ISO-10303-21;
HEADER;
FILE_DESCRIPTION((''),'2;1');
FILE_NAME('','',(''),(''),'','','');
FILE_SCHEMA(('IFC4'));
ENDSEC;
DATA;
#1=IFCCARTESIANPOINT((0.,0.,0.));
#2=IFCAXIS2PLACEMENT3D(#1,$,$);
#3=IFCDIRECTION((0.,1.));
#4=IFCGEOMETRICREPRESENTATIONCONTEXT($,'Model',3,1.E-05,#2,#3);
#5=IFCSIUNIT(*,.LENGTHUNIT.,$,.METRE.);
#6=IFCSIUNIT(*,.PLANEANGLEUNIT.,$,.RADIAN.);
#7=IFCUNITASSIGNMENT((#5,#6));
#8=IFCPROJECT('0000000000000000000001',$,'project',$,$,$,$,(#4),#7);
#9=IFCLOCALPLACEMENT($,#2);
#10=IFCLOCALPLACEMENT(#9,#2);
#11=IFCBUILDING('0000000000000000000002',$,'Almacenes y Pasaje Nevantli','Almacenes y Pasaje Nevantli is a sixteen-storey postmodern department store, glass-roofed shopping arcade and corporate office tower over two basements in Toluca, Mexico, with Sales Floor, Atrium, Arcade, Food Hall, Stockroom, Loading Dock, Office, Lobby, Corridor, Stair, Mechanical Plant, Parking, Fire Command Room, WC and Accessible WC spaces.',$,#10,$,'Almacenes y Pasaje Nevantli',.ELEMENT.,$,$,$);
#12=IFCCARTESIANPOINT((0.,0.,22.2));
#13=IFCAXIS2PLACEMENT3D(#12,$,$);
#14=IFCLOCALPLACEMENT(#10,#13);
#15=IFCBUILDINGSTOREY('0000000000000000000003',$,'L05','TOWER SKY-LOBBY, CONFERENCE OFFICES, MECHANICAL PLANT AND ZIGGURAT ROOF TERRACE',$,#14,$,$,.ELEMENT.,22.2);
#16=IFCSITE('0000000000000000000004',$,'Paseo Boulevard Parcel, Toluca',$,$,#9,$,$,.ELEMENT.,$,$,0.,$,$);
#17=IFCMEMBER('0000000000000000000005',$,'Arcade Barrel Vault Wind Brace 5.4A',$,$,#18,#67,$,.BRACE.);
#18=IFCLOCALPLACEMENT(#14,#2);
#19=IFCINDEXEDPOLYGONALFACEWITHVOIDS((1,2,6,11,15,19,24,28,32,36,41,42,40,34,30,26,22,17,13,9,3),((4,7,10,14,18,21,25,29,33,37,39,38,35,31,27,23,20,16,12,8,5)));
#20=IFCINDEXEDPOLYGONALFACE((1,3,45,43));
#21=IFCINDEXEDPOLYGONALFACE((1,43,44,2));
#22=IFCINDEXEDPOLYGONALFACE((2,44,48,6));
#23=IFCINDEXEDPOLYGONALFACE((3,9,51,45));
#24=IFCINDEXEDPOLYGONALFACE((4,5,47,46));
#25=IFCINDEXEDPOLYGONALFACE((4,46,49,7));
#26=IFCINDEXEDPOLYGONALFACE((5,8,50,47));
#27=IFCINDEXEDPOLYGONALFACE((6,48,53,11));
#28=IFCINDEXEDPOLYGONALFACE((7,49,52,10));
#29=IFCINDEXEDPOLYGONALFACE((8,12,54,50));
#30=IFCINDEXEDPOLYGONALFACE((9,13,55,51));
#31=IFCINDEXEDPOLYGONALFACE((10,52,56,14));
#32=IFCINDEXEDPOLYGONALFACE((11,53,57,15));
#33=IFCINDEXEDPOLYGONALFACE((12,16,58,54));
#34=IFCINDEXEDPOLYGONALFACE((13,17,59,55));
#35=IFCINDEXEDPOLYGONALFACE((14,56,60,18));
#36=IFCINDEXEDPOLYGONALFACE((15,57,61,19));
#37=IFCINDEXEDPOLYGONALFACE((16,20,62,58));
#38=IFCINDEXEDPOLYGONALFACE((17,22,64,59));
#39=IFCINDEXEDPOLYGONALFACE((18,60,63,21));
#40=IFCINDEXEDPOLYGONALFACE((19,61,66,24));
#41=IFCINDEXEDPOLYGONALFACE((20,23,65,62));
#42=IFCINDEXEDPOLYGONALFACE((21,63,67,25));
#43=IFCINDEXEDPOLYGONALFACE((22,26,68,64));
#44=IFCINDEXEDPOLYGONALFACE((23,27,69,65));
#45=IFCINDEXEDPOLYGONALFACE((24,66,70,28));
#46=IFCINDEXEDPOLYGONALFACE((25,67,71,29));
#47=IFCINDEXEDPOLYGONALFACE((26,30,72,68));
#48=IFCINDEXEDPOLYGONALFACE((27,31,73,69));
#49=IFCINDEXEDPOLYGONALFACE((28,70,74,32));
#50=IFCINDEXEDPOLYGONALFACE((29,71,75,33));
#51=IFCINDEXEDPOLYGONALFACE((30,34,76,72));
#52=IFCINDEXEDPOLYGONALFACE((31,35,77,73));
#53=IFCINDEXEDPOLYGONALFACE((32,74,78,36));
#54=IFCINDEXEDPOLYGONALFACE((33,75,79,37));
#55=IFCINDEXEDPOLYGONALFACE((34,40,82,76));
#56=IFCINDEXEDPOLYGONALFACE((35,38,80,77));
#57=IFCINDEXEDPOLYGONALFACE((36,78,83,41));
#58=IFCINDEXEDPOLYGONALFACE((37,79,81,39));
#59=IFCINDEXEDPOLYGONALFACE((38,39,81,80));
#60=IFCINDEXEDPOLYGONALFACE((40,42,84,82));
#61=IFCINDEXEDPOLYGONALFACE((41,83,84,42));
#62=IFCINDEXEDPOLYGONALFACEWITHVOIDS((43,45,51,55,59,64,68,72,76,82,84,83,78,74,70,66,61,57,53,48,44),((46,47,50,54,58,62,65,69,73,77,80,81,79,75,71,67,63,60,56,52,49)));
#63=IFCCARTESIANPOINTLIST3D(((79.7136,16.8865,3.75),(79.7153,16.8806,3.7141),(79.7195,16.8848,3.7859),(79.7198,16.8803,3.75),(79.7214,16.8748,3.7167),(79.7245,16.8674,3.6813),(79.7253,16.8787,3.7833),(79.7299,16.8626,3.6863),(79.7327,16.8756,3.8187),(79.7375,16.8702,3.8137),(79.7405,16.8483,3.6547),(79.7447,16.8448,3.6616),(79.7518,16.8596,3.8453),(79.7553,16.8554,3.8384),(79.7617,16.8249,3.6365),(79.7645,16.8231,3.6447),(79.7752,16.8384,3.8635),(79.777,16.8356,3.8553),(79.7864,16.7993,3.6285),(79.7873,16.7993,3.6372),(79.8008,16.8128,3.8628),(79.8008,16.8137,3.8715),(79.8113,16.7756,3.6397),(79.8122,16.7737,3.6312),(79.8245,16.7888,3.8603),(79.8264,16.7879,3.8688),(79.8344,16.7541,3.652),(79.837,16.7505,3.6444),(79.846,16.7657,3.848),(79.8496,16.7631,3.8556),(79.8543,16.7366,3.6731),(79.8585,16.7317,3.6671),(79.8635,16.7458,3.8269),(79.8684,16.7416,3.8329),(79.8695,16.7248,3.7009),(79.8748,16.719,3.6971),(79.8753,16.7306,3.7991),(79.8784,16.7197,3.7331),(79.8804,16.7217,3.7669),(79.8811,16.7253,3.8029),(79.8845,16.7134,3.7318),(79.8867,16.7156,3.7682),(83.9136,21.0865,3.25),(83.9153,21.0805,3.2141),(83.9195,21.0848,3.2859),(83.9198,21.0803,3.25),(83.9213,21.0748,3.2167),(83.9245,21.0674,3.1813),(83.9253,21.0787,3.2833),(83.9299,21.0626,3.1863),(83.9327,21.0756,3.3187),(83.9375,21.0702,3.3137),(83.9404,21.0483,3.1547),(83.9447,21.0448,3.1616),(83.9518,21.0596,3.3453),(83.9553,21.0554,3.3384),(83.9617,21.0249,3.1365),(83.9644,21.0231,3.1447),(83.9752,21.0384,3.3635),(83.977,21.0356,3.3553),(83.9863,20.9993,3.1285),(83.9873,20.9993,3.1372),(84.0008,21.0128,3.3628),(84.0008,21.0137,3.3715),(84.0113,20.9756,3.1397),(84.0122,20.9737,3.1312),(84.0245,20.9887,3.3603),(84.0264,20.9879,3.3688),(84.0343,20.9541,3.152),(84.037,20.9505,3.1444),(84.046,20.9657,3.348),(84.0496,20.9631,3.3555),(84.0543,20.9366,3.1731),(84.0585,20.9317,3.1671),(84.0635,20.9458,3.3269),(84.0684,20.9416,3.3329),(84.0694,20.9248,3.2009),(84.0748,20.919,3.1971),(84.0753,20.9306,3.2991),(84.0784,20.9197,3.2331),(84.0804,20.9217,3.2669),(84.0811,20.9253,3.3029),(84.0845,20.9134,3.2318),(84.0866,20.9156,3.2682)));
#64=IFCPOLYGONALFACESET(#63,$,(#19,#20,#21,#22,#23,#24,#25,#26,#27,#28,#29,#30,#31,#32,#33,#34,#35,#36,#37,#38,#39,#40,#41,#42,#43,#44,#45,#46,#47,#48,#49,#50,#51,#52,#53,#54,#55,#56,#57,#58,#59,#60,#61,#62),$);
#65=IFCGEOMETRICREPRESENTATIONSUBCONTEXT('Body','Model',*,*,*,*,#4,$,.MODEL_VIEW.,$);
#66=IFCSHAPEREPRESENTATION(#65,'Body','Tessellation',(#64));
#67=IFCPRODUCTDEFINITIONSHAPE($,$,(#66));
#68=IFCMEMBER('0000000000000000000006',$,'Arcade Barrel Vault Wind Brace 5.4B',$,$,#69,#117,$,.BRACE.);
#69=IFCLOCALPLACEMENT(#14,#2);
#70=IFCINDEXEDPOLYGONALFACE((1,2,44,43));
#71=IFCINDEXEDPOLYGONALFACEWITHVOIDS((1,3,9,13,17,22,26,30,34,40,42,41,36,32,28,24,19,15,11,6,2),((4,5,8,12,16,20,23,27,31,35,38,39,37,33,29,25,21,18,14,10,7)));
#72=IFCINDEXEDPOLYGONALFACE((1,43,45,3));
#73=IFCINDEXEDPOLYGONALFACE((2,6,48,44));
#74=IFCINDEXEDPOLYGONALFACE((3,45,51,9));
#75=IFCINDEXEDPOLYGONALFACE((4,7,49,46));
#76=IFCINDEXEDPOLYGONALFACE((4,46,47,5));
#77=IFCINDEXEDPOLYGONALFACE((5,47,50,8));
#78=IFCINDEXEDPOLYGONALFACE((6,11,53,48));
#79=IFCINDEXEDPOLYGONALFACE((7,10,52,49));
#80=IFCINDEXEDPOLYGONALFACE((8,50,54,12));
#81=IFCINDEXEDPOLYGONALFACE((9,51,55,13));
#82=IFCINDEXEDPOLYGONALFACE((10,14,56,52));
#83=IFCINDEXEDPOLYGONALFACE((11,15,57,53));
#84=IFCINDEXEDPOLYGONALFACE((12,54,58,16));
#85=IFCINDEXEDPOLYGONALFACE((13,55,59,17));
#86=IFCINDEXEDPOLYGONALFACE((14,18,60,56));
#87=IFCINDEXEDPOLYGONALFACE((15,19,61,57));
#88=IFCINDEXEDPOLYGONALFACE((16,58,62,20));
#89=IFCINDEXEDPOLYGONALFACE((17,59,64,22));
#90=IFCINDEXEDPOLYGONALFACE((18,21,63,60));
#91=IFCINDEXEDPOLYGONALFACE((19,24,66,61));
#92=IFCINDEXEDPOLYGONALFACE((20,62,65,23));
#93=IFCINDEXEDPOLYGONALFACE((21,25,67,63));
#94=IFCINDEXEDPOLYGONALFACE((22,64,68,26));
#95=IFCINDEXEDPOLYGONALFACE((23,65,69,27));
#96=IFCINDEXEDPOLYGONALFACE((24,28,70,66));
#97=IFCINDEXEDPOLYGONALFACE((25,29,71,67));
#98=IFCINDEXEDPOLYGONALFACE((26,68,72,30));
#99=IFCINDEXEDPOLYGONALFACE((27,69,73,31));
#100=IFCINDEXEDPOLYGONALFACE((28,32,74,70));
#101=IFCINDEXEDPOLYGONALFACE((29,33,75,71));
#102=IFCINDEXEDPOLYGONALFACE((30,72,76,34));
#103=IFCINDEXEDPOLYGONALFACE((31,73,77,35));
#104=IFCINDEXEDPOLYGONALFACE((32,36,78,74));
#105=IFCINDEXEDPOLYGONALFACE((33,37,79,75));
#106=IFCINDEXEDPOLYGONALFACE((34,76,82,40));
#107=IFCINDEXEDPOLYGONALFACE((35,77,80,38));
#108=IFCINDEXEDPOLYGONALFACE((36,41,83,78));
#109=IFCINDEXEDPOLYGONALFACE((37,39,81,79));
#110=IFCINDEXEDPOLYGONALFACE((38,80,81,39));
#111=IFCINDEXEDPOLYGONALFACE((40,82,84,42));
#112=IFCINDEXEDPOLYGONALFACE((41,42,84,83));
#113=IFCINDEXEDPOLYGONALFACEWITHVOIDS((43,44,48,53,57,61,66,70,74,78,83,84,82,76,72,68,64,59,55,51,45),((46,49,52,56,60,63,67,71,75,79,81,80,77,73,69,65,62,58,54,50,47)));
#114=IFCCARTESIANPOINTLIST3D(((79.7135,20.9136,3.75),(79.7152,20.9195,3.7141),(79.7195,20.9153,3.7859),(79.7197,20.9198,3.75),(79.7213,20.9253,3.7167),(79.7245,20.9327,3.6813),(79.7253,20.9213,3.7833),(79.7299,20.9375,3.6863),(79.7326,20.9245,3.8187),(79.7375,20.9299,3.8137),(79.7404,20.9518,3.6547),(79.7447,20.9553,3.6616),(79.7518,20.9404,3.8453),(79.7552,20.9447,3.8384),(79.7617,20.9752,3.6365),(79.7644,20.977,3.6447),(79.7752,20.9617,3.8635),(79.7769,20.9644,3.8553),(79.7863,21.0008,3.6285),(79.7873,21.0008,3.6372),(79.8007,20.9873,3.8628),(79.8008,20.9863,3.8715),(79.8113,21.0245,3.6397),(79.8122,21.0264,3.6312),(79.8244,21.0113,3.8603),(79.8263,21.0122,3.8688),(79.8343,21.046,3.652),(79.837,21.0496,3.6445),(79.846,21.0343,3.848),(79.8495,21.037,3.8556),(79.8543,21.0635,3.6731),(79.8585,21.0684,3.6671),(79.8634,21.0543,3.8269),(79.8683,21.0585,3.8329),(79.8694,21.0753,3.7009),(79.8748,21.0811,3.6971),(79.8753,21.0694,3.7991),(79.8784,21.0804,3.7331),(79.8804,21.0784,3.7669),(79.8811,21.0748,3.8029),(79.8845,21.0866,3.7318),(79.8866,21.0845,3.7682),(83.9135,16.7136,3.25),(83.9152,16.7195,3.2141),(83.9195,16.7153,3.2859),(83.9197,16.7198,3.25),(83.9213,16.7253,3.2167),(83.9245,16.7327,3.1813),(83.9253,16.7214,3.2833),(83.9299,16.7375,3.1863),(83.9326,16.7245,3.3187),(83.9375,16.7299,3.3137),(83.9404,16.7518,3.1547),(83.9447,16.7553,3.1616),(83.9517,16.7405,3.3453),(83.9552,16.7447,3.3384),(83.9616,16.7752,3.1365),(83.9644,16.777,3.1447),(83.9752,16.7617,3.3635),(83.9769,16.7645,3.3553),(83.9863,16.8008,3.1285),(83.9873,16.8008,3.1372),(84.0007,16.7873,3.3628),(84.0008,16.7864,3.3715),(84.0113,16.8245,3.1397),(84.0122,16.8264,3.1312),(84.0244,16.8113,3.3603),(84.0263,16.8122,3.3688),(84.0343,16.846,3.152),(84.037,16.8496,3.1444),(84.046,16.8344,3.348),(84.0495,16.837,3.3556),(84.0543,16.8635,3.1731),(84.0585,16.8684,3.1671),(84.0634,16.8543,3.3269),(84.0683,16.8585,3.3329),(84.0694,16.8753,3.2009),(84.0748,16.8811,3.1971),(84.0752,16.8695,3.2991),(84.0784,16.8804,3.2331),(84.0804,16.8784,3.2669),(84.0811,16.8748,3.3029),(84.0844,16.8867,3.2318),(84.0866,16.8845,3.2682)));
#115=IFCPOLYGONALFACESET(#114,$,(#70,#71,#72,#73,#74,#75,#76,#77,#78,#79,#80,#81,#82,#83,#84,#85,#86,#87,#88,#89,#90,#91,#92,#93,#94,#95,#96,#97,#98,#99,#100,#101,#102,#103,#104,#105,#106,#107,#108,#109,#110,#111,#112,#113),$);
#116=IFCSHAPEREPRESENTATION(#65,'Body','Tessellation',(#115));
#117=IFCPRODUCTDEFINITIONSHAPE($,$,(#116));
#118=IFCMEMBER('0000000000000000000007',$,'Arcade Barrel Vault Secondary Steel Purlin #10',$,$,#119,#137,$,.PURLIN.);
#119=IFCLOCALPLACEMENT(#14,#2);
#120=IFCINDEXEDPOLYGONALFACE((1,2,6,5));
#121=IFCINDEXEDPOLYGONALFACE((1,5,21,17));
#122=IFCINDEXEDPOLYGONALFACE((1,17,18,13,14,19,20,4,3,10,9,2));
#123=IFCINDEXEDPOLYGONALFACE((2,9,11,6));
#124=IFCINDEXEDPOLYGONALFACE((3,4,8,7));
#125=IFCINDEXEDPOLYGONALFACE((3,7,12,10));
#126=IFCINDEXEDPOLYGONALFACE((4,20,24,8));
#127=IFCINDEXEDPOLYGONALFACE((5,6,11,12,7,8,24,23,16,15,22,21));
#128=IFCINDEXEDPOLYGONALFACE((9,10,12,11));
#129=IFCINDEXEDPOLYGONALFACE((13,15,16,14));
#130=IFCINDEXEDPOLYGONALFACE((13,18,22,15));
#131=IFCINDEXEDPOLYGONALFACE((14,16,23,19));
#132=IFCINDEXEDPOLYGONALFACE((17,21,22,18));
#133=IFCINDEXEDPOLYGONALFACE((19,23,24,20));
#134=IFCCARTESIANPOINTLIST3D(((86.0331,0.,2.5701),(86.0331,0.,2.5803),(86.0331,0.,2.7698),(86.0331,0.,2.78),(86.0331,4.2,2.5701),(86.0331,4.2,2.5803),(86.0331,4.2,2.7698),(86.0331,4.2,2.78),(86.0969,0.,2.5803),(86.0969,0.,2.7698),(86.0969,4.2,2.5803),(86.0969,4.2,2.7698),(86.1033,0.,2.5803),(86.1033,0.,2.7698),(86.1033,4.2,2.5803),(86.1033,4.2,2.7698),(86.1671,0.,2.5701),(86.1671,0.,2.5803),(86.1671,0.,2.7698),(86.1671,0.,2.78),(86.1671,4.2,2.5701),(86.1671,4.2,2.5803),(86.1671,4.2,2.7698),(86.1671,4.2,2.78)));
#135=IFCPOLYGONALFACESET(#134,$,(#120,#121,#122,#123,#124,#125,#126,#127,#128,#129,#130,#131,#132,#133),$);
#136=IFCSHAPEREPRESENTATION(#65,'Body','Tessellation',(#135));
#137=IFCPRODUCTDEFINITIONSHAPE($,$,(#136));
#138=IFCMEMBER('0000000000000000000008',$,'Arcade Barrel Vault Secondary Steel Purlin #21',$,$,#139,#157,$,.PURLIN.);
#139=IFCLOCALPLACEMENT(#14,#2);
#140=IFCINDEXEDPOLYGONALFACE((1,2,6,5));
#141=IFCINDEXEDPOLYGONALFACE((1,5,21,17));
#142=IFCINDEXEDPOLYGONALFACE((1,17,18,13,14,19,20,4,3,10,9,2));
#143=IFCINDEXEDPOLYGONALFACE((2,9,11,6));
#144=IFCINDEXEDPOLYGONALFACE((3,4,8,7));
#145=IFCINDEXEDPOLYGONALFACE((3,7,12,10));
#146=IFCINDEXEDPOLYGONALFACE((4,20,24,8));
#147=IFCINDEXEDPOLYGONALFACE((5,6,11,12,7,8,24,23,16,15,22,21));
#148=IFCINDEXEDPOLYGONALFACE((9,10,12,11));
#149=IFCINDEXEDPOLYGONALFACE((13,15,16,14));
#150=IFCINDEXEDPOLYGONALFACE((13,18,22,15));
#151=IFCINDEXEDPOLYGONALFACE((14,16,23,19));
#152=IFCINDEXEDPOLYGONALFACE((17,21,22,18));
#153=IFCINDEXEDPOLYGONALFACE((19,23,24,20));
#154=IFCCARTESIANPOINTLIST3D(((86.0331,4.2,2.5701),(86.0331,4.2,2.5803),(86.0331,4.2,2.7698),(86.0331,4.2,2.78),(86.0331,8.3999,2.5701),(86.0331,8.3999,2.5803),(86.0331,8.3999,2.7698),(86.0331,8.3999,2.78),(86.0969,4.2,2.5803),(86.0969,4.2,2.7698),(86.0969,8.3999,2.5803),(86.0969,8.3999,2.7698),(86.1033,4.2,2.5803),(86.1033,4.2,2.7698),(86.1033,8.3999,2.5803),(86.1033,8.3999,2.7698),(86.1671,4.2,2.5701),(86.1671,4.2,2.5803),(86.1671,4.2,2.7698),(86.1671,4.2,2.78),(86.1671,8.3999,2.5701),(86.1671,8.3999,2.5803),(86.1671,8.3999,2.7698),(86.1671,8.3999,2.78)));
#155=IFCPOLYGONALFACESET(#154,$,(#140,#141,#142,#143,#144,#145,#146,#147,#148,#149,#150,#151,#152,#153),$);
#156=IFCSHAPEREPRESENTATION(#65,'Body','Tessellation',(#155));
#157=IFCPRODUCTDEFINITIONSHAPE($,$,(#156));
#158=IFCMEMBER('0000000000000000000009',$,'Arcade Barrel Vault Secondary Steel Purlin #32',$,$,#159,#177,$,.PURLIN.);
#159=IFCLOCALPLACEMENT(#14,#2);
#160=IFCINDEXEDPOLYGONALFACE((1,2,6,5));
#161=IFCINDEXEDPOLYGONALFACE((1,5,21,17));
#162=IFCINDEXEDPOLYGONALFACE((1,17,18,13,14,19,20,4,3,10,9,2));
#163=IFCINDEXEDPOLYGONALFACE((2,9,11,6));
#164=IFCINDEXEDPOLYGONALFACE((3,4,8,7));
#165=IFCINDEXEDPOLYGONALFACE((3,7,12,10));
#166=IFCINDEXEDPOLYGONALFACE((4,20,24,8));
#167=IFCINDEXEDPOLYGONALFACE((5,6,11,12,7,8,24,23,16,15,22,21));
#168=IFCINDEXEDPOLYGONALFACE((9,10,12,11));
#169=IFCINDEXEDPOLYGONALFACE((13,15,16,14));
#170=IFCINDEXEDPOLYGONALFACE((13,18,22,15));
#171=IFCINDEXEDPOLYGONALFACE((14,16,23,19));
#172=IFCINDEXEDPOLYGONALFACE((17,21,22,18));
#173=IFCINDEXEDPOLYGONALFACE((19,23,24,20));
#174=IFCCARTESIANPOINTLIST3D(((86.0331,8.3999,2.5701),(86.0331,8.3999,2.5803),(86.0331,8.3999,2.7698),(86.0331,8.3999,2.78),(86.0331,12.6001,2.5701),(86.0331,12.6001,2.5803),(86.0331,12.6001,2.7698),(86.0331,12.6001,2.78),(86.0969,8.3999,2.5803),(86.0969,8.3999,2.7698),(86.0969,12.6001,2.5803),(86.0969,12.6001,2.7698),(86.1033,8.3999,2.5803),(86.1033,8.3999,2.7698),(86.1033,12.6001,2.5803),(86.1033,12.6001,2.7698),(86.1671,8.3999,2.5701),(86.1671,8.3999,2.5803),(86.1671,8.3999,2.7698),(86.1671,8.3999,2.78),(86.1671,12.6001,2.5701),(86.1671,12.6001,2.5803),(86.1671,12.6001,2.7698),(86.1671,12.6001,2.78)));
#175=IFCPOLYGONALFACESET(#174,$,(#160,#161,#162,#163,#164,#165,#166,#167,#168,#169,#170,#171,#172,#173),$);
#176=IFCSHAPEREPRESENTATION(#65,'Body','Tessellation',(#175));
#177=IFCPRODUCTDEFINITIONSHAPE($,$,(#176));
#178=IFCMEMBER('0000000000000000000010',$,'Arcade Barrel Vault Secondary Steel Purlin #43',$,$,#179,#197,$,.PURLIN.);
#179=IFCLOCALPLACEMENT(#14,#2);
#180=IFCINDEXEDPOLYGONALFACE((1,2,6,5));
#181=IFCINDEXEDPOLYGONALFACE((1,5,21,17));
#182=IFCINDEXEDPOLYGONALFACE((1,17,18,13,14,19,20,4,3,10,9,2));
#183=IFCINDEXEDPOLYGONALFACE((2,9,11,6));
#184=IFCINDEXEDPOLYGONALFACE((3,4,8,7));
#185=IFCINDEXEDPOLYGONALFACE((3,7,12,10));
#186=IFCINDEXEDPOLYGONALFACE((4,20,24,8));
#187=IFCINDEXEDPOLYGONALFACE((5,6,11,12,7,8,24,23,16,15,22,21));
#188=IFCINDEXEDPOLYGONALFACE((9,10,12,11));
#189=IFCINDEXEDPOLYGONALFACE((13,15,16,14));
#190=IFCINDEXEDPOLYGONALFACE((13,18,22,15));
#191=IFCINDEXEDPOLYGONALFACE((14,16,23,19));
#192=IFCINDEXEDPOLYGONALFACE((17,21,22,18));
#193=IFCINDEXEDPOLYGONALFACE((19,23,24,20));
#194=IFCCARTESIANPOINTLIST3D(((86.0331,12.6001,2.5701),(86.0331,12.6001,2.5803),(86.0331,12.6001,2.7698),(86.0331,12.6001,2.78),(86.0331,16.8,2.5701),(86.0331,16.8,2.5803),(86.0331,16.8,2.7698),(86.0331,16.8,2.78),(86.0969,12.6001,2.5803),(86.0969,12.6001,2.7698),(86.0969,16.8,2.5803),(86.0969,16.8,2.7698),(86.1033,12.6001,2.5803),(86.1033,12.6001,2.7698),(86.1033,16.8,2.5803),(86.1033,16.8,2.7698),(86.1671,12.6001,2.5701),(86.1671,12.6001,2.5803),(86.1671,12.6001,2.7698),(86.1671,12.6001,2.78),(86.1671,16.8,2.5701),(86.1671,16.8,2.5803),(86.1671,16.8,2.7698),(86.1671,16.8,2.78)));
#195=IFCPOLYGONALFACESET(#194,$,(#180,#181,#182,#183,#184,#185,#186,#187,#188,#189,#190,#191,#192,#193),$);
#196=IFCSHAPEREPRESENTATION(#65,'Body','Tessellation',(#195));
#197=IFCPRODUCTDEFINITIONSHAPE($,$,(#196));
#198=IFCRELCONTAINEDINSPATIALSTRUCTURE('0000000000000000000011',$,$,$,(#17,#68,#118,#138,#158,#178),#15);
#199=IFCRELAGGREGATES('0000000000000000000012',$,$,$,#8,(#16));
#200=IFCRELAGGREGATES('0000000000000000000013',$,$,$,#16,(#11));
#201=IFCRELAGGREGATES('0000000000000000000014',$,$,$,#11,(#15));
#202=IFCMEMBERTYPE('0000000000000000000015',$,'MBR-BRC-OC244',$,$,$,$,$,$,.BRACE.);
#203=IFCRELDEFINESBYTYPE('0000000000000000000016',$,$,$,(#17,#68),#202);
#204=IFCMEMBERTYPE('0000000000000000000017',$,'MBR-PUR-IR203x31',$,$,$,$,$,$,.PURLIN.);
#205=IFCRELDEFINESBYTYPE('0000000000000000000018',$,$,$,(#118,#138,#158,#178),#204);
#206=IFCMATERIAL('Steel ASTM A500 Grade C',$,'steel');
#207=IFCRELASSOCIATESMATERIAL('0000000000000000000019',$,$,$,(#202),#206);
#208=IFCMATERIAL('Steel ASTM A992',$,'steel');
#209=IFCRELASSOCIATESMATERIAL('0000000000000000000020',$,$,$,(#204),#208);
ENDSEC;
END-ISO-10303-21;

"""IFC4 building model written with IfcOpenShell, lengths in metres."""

from ifc_helpers import new_model, si_unit, direction, frame, origin, origin_2d, place, context, subcontext, project, spatial, hollow_circle, i_section, extrude, material, material_profile, profile_set, type_object, element, save


model = new_model("IFC4")

# Units and contexts
model_context = context("Model", 3, precision=1e-05, world=origin(), true_north=direction((0.0, 1.0)))
body_context = subcontext(model_context, "Body", "Model", "MODEL_VIEW")
ifc_project = project(units=[si_unit("LENGTHUNIT", "METRE"), si_unit("PLANEANGLEUNIT", "RADIAN")], contexts=[model_context])

# Site, building, storey
site_placement = place(None, origin())
site = spatial("IfcSite", under=ifc_project, at=site_placement, Name="Paseo Boulevard Parcel, Toluca", CompositionType="ELEMENT", RefElevation=0.0)
building_placement = place(site_placement, origin())
building = spatial("IfcBuilding", under=site, at=building_placement, Name="Almacenes y Pasaje Nevantli", Description="Almacenes y Pasaje Nevantli is a sixteen-storey postmodern department store, glass-roofed shopping arcade and corporate office tower over two basements in Toluca, Mexico, with Sales Floor, Atrium, Arcade, Food Hall, Stockroom, Loading Dock, Office, Lobby, Corridor, Stair, Mechanical Plant, Parking, Fire Command Room, WC and Accessible WC spaces.", LongName="Almacenes y Pasaje Nevantli", CompositionType="ELEMENT")
storey_placement = place(building_placement, frame((0.0, 0.0, 22.2)))
storey = spatial("IfcBuildingStorey", under=building, at=storey_placement, Name="L05", Description="TOWER SKY-LOBBY, CONFERENCE OFFICES, MECHANICAL PLANT AND ZIGGURAT ROOF TERRACE", CompositionType="ELEMENT", Elevation=22.2)

# Members
ifc_material_1 = material(Name="Steel ASTM A500 Grade C", Category="steel")
ifc_material_profile_1 = material_profile(ifc_material_1, hollow_circle(Radius=0.1223, WallThickness=0.0088, at=origin_2d()), Name="OC 244x8.9")
ifc_profile_set_1 = profile_set([ifc_material_profile_1], Name="Steel ASTM A500 Grade C")
member_type_1 = type_object("IfcMemberType", Name="MBR-BRC-OC244", PredefinedType="BRACE", material=ifc_profile_set_1)
for number, where, z_axis, x_axis, name in (
    (1, (79.8, 16.8, 3.75), (0.704615, 0.704615, -0.083884), (-0.707107, 0.707107, 0.0), "Arcade Barrel Vault Wind Brace 5.4A"),
    (2, (84.0, 16.8, 3.25), (-0.704615, 0.704615, 0.083884), (-0.707107, -0.707107, 0.0), "Arcade Barrel Vault Wind Brace 5.4B"),
):
    element("IfcMember", number, at=place(storey_placement, frame(where, z_axis=z_axis, x_axis=x_axis)), inside=storey, type_object=member_type_1, Name=name, PredefinedType="BRACE", context=body_context, shape_type="SweptSolid", body=[
        extrude(hollow_circle(Radius=0.1223, WallThickness=0.0088, at=origin_2d()), origin(), (0.0, 0.0, 1.0), 5.9607),
    ])
ifc_material_2 = material(Name="Steel ASTM A992", Category="steel")
ifc_material_profile_2 = material_profile(ifc_material_2, i_section(OverallWidth=0.134, OverallDepth=0.21, WebThickness=0.0063, FlangeThickness=0.0103, at=origin_2d()), Name="IR 203x31.3")
ifc_profile_set_2 = profile_set([ifc_material_profile_2], Name="Steel ASTM A992")
member_type_2 = type_object("IfcMemberType", Name="MBR-PUR-IR203x31", PredefinedType="PURLIN", material=ifc_profile_set_2)
for number, where, z_axis, x_axis, name in (
    (3, (86.1001, 0.0, 2.675), (0.0, 1.0, 0.0), (-1.0, 0.0, 0.0), "Arcade Barrel Vault Secondary Steel Purlin #10"),
    (4, (86.1001, 4.2, 2.675), (0.0, 1.0, 0.0), (-1.0, 0.0, 0.0), "Arcade Barrel Vault Secondary Steel Purlin #21"),
):
    element("IfcMember", number, at=place(storey_placement, frame(where, z_axis=z_axis, x_axis=x_axis)), inside=storey, type_object=member_type_2, Name=name, PredefinedType="PURLIN", context=body_context, shape_type="SweptSolid", body=[
        extrude(i_section(OverallWidth=0.134, OverallDepth=0.21, WebThickness=0.0063, FlangeThickness=0.0103, at=origin_2d()), origin(), (0.0, 0.0, 1.0), 4.2),
    ])
member_1_placement = place(storey_placement, frame((86.1001, 8.3999, 2.675), z_axis=(0.0, 1.0, 0.0), x_axis=(-1.0, 0.0, 0.0)))
element("IfcMember", 5, at=member_1_placement, inside=storey, type_object=member_type_2, Name="Arcade Barrel Vault Secondary Steel Purlin #32", PredefinedType="PURLIN", context=body_context, shape_type="SweptSolid", body=[
    extrude(i_section(OverallWidth=0.134, OverallDepth=0.21, WebThickness=0.0063, FlangeThickness=0.0103, at=origin_2d()), origin(), (0.0, 0.0, 1.0), 4.2002),
])
member_2_placement = place(storey_placement, frame((86.1001, 12.6001, 2.675), z_axis=(0.0, 1.0, 0.0), x_axis=(-1.0, 0.0, 0.0)))
element("IfcMember", 6, at=member_2_placement, inside=storey, type_object=member_type_2, Name="Arcade Barrel Vault Secondary Steel Purlin #43", PredefinedType="PURLIN", context=body_context, shape_type="SweptSolid", body=[
    extrude(i_section(OverallWidth=0.134, OverallDepth=0.21, WebThickness=0.0063, FlangeThickness=0.0103, at=origin_2d()), origin(), (0.0, 0.0, 1.0), 4.2),
])

save(model, "model.ifc")
